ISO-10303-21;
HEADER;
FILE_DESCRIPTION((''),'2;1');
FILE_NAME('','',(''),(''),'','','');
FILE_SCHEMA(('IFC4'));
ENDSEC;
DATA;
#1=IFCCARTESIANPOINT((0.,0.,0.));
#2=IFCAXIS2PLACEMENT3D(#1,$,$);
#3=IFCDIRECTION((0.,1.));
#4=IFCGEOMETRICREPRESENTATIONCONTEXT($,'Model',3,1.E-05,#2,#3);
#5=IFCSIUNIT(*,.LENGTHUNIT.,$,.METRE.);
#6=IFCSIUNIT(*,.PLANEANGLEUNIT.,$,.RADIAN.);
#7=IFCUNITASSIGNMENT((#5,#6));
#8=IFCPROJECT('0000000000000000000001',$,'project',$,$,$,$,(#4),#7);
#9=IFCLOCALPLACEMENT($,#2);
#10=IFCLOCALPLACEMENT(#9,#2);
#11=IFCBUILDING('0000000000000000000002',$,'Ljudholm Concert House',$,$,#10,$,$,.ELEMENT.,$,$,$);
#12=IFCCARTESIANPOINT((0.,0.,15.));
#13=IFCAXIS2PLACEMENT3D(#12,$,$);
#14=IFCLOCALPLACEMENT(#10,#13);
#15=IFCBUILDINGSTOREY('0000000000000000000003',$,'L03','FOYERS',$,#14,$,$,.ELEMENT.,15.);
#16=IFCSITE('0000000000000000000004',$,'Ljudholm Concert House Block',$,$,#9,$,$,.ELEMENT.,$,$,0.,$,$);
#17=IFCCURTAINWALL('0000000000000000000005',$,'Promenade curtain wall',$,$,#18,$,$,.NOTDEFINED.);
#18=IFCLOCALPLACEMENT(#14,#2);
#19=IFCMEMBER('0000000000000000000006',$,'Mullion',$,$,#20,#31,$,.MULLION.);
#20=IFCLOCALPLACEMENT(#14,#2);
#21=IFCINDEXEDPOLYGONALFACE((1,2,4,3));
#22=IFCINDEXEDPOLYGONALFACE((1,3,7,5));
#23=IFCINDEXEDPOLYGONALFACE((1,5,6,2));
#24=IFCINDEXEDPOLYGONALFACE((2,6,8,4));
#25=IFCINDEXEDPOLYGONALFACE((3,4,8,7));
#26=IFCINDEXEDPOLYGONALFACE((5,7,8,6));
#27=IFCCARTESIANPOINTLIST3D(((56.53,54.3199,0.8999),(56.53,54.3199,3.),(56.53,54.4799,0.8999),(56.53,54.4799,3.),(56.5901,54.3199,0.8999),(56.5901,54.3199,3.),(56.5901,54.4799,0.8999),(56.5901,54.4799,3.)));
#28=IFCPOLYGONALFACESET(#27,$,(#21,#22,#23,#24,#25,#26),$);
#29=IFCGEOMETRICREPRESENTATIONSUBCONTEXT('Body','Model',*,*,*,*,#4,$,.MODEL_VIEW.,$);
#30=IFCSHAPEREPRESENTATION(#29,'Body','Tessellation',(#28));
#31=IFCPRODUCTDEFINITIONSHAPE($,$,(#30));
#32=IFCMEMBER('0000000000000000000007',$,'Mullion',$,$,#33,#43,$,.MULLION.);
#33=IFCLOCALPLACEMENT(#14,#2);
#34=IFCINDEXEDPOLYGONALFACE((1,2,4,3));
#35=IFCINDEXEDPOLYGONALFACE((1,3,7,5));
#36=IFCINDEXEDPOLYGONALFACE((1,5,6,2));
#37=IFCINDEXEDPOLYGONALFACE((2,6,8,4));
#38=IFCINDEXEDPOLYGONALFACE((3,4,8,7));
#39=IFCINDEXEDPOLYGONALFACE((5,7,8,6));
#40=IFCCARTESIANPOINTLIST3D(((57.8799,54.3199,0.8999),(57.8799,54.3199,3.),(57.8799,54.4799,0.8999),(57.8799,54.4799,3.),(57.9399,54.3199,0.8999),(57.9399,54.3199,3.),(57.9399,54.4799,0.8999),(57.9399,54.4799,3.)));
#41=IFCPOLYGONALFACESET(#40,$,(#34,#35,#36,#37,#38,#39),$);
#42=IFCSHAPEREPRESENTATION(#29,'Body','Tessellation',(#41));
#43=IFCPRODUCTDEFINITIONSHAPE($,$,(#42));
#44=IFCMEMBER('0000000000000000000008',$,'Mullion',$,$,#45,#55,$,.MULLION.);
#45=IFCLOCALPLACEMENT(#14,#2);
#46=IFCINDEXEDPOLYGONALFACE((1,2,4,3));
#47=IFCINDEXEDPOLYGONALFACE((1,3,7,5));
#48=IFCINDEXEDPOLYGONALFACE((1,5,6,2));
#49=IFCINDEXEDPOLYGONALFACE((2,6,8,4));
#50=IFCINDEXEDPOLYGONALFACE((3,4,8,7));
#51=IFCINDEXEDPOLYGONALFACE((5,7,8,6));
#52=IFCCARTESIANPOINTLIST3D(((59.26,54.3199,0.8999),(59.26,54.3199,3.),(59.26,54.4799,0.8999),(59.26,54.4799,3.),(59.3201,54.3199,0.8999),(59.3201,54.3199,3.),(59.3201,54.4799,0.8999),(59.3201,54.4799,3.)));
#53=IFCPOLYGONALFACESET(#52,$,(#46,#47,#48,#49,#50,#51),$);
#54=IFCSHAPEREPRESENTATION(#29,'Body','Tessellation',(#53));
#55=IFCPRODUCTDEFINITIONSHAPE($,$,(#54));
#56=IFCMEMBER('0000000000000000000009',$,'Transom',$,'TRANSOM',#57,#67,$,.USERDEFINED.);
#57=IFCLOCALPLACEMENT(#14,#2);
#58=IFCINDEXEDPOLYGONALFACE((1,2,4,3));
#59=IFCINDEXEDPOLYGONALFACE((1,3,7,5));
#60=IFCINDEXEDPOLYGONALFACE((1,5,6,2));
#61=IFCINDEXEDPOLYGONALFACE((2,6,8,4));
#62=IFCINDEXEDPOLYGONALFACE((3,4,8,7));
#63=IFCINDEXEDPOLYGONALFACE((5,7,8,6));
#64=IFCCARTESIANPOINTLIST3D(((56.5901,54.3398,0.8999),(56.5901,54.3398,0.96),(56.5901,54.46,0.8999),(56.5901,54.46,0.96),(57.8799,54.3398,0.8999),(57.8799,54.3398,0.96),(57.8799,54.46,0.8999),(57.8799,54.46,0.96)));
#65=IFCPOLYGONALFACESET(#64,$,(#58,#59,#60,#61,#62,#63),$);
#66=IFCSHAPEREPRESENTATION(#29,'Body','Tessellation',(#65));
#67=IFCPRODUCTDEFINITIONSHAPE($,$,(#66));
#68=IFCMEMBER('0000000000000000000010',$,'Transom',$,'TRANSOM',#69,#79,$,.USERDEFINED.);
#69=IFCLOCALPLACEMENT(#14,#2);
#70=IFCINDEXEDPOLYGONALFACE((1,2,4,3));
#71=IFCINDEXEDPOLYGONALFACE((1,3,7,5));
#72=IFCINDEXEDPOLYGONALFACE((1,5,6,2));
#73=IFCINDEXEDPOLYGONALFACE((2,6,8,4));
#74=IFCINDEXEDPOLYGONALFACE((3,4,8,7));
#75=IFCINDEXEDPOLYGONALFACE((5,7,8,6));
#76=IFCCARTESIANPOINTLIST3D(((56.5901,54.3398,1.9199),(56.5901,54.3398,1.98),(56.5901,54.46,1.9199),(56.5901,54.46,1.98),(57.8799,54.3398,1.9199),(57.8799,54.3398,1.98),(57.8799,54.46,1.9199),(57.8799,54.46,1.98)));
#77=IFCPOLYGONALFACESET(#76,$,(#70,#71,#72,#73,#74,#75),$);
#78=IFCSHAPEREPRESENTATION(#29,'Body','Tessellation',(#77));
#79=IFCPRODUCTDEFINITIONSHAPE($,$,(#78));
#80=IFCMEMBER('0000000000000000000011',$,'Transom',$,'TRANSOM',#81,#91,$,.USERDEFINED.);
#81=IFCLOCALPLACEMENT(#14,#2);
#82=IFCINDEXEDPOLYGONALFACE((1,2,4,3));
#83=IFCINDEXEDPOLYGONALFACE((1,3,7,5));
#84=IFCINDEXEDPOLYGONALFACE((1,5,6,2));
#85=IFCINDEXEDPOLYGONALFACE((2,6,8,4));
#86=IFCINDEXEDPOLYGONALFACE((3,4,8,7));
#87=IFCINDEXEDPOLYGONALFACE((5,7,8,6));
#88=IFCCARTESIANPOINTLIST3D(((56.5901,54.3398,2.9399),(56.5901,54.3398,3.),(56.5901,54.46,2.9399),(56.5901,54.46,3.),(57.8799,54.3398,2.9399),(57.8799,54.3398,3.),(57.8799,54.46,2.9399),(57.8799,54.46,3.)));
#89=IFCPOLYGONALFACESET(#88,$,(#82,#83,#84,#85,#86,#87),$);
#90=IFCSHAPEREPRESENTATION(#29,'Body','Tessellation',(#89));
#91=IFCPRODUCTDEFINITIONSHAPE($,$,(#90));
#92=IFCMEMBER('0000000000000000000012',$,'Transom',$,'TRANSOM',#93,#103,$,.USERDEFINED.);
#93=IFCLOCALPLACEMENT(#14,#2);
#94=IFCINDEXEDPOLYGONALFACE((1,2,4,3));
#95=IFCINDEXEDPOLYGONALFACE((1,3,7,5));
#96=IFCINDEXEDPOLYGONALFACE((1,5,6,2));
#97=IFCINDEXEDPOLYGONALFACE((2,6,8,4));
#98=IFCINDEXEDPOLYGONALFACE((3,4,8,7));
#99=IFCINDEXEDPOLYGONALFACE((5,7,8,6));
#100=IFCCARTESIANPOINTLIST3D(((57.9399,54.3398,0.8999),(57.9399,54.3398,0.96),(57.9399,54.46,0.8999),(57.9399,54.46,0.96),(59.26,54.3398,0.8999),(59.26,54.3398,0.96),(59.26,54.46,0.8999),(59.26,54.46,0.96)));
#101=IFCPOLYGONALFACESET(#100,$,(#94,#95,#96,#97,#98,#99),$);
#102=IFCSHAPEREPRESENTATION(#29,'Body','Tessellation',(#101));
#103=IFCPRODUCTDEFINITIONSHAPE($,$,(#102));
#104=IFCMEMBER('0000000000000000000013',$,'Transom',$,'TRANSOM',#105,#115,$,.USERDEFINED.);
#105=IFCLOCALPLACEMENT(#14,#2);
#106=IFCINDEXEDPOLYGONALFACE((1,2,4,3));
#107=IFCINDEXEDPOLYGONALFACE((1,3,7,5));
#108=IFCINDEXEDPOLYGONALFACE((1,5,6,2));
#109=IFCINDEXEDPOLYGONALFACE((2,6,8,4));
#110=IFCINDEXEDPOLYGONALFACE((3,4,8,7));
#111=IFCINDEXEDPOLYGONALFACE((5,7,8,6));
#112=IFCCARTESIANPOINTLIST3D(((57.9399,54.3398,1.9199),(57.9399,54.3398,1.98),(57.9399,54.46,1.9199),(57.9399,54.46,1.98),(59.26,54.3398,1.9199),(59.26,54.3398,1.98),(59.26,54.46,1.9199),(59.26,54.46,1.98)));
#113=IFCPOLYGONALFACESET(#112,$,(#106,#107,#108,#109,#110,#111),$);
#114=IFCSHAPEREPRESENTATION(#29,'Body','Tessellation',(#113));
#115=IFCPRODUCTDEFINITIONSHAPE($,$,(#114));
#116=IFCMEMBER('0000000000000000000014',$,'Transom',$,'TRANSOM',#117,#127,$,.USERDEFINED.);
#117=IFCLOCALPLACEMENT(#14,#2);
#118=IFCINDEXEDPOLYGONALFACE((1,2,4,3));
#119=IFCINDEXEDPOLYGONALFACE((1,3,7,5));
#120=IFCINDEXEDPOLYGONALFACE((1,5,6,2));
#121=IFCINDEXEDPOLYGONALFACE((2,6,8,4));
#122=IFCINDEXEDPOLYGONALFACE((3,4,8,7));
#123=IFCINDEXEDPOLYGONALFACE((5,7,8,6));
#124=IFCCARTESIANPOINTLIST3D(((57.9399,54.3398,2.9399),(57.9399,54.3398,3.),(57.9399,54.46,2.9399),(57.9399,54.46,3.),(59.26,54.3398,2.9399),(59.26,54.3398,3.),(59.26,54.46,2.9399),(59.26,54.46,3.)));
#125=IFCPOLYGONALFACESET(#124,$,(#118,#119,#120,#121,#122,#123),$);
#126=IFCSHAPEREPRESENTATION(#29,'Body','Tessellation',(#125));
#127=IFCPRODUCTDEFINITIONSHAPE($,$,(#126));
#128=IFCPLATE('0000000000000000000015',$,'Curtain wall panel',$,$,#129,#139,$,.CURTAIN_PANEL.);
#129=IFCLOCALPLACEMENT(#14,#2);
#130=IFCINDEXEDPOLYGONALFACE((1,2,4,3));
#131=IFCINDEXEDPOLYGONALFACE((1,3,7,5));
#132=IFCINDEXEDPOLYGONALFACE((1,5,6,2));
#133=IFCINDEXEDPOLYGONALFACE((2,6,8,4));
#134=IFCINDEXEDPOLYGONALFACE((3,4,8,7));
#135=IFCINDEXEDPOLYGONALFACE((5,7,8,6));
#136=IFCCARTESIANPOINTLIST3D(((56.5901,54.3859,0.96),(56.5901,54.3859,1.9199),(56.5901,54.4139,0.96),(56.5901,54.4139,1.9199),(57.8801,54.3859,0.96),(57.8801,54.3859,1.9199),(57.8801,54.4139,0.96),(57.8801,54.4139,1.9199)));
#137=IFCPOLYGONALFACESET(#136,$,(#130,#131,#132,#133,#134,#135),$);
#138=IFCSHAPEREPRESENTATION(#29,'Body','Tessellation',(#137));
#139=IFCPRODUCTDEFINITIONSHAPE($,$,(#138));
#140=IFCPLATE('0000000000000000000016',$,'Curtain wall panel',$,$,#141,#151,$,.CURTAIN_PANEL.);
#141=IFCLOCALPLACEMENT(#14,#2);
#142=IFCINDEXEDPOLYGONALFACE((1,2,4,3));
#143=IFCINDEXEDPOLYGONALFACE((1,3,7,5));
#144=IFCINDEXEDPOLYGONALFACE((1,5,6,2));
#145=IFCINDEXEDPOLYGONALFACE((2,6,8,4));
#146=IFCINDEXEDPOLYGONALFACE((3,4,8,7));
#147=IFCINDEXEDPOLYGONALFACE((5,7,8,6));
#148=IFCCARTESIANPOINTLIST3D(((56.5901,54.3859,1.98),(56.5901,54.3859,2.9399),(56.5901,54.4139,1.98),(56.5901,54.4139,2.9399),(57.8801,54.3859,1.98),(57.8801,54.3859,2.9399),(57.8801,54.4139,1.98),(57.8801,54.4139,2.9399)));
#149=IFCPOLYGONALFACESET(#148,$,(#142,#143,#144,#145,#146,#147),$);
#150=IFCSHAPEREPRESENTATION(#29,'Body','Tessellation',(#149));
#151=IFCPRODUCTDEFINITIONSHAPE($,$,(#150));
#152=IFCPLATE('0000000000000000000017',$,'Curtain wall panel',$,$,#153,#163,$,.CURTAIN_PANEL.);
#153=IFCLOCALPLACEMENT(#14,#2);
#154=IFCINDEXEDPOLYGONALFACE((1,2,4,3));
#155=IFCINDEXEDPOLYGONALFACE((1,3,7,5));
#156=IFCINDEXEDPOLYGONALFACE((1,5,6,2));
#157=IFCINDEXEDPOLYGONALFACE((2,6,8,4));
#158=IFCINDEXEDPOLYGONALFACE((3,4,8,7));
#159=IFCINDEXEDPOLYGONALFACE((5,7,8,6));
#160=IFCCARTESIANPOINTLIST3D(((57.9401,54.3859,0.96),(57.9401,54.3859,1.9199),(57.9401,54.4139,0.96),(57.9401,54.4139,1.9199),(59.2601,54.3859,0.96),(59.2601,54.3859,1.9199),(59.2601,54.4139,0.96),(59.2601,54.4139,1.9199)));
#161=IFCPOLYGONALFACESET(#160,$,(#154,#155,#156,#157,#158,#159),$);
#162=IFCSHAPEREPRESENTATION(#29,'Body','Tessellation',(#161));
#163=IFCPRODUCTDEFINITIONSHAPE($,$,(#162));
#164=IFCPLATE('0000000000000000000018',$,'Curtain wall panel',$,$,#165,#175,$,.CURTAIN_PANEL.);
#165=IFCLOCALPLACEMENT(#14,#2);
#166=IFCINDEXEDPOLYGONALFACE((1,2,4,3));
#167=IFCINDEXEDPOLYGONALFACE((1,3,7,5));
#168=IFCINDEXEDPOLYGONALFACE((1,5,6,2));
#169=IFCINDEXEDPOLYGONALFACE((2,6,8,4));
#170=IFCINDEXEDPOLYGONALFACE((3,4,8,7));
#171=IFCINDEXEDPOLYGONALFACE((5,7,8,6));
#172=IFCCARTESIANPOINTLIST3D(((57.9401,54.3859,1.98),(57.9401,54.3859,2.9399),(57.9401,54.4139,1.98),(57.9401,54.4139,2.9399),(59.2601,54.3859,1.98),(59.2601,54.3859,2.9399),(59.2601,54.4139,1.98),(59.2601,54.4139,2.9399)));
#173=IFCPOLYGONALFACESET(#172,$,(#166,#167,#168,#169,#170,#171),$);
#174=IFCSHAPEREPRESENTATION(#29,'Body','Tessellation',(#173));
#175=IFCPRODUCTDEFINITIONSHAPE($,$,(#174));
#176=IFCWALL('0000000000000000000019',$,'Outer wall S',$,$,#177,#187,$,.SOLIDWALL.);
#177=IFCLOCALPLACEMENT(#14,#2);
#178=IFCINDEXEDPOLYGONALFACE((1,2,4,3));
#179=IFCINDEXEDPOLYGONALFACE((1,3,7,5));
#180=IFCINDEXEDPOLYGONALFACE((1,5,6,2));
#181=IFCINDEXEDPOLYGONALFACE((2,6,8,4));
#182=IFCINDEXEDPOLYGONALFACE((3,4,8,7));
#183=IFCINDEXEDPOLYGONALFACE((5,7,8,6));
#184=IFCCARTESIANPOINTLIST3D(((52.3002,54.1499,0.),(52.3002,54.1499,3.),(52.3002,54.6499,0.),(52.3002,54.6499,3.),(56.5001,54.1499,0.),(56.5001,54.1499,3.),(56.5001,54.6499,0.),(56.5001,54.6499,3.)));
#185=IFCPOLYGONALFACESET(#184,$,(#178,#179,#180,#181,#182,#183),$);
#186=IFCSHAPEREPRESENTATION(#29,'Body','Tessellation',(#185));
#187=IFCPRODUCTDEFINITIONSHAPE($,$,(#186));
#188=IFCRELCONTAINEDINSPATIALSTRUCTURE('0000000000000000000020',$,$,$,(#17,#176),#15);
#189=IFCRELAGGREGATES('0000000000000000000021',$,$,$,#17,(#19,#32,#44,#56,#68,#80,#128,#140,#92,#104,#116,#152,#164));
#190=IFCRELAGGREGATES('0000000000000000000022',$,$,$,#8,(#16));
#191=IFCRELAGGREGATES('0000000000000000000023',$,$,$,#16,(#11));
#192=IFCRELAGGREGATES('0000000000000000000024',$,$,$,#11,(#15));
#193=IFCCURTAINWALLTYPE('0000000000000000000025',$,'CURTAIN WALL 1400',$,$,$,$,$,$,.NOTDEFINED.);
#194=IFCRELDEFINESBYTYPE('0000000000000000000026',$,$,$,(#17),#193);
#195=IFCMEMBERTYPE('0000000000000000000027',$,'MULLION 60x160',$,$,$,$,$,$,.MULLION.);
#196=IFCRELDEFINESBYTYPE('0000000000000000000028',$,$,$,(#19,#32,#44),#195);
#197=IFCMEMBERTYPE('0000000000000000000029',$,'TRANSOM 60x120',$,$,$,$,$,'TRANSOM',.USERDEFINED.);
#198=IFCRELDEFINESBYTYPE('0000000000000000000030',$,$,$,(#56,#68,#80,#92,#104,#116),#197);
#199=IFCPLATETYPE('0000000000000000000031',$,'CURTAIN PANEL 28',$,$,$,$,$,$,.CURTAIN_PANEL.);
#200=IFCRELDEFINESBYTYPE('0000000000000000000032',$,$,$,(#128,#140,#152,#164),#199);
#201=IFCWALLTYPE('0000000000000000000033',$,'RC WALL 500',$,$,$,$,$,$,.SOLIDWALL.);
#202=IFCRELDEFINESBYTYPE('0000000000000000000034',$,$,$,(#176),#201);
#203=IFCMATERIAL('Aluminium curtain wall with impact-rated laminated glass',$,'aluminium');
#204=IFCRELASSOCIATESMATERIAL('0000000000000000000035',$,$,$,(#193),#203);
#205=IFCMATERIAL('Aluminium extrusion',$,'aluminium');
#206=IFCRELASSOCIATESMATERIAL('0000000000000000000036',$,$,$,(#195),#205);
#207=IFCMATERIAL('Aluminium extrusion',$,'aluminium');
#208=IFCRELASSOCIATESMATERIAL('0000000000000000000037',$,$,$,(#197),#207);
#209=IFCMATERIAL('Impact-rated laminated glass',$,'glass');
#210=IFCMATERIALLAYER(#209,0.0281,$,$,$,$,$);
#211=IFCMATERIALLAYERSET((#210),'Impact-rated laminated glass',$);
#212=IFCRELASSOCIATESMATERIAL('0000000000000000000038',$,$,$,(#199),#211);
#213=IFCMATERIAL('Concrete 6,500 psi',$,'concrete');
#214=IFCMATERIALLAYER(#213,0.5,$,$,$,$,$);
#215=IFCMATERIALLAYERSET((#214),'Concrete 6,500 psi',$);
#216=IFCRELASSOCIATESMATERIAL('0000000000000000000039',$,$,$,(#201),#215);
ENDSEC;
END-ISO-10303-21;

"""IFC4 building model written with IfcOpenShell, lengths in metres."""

from ifc_helpers import new_model, si_unit, direction, frame, frame_2d, origin, origin_2d, place, context, subcontext, project, spatial, rectangle, extrude, material, layer, layer_set, material_profile, profile_set, type_object, element, aggregate, save


model = new_model("IFC4")

# Units and contexts
model_context = context("Model", 3, precision=1e-05, world=origin(), true_north=direction((0.0, 1.0)))
body_context = subcontext(model_context, "Body", "Model", "MODEL_VIEW")
ifc_project = project(units=[si_unit("LENGTHUNIT", "METRE"), si_unit("PLANEANGLEUNIT", "RADIAN")], contexts=[model_context])

# Site, building, storey
site_placement = place(None, origin())
site = spatial("IfcSite", under=ifc_project, at=site_placement, Name="Ljudholm Concert House Block", CompositionType="ELEMENT", RefElevation=0.0)
building_placement = place(site_placement, origin())
building = spatial("IfcBuilding", under=site, at=building_placement, Name="Ljudholm Concert House", CompositionType="ELEMENT")
storey_placement = place(building_placement, frame((0.0, 0.0, 15.0)))
storey = spatial("IfcBuildingStorey", under=building, at=storey_placement, Name="L03", Description="FOYERS", CompositionType="ELEMENT", Elevation=15.0)

# Curtain wall, members, plates
ifc_material_1 = material(Name="Aluminium curtain wall with impact-rated laminated glass", Category="aluminium")
curtain_wall_type = type_object("IfcCurtainWallType", Name="CURTAIN WALL 1400", PredefinedType="NOTDEFINED", material=ifc_material_1)
curtain_wall_placement = place(storey_placement, origin())
curtain_wall = element("IfcCurtainWall", 1, at=curtain_wall_placement, inside=storey, type_object=curtain_wall_type, Name="Promenade curtain wall", PredefinedType="NOTDEFINED")
ifc_material_2 = material(Name="Aluminium extrusion", Category="aluminium")
ifc_material_profile_1 = material_profile(ifc_material_2, rectangle(XDim=0.1599, YDim=0.0601, at=origin_2d()), Name="MULLION 60x160")
ifc_profile_set_1 = profile_set([ifc_material_profile_1], Name="Aluminium extrusion")
member_type_1 = type_object("IfcMemberType", Name="MULLION 60x160", PredefinedType="MULLION", material=ifc_profile_set_1)
member_1_placement = place(storey_placement, frame((56.5601, 54.3999, 0.8999), z_axis=(0.0, 0.0, 1.0), x_axis=(0.0, 1.0, 0.0)))
member_1 = element("IfcMember", 2, at=member_1_placement, type_object=member_type_1, Name="Mullion", PredefinedType="MULLION", context=body_context, shape_type="SweptSolid", body=[
    extrude(rectangle(XDim=0.1599, YDim=0.0601, at=origin_2d()), origin(), (0.0, 0.0, 1.0), 2.1001),
])
member_2_placement = place(storey_placement, frame((57.9099, 54.3999, 0.8999), z_axis=(0.0, 0.0, 1.0), x_axis=(0.0, 1.0, 0.0)))
member_2 = element("IfcMember", 3, at=member_2_placement, type_object=member_type_1, Name="Mullion", PredefinedType="MULLION", context=body_context, shape_type="SweptSolid", body=[
    extrude(rectangle(XDim=0.1599, YDim=0.0601, at=origin_2d()), origin(), (0.0, 0.0, 1.0), 2.1001),
])
member_3_placement = place(storey_placement, frame((59.29, 54.3999, 0.8999), z_axis=(0.0, 0.0, 1.0), x_axis=(0.0, 1.0, 0.0)))
member_3 = element("IfcMember", 4, at=member_3_placement, type_object=member_type_1, Name="Mullion", PredefinedType="MULLION", context=body_context, shape_type="SweptSolid", body=[
    extrude(rectangle(XDim=0.1599, YDim=0.0601, at=origin_2d()), origin(), (0.0, 0.0, 1.0), 2.1001),
])
ifc_material_3 = material(Name="Aluminium extrusion", Category="aluminium")
ifc_material_profile_2 = material_profile(ifc_material_3, rectangle(XDim=0.1201, YDim=0.0601, at=origin_2d()), Name="TRANSOM 60x120")
ifc_profile_set_2 = profile_set([ifc_material_profile_2], Name="Aluminium extrusion")
member_type_2 = type_object("IfcMemberType", Name="TRANSOM 60x120", ElementType="TRANSOM", PredefinedType="USERDEFINED", material=ifc_profile_set_2)
member_4_placement = place(storey_placement, frame((56.5901, 54.3999, 0.9299), z_axis=(1.0, 0.0, 0.0), x_axis=(0.0, 1.0, 0.0)))
member_4 = element("IfcMember", 5, at=member_4_placement, type_object=member_type_2, Name="Transom", ObjectType="TRANSOM", PredefinedType="USERDEFINED", context=body_context, shape_type="SweptSolid", body=[
    extrude(rectangle(XDim=0.1201, YDim=0.0601, at=origin_2d()), origin(), (0.0, 0.0, 1.0), 1.2898),
])
member_5_placement = place(storey_placement, frame((56.5901, 54.3999, 1.95), z_axis=(1.0, 0.0, 0.0), x_axis=(0.0, 1.0, 0.0)))
member_5 = element("IfcMember", 6, at=member_5_placement, type_object=member_type_2, Name="Transom", ObjectType="TRANSOM", PredefinedType="USERDEFINED", context=body_context, shape_type="SweptSolid", body=[
    extrude(rectangle(XDim=0.1201, YDim=0.0601, at=origin_2d()), origin(), (0.0, 0.0, 1.0), 1.2898),
])
member_6_placement = place(storey_placement, frame((56.5901, 54.3999, 2.97), z_axis=(1.0, 0.0, 0.0), x_axis=(0.0, 1.0, 0.0)))
member_6 = element("IfcMember", 7, at=member_6_placement, type_object=member_type_2, Name="Transom", ObjectType="TRANSOM", PredefinedType="USERDEFINED", context=body_context, shape_type="SweptSolid", body=[
    extrude(rectangle(XDim=0.1201, YDim=0.0601, at=origin_2d()), origin(), (0.0, 0.0, 1.0), 1.2898),
])
member_7_placement = place(storey_placement, frame((57.9399, 54.3999, 0.9299), z_axis=(1.0, 0.0, 0.0), x_axis=(0.0, 1.0, 0.0)))
member_7 = element("IfcMember", 8, at=member_7_placement, type_object=member_type_2, Name="Transom", ObjectType="TRANSOM", PredefinedType="USERDEFINED", context=body_context, shape_type="SweptSolid", body=[
    extrude(rectangle(XDim=0.1201, YDim=0.0601, at=origin_2d()), origin(), (0.0, 0.0, 1.0), 1.3201),
])
member_8_placement = place(storey_placement, frame((57.9399, 54.3999, 1.95), z_axis=(1.0, 0.0, 0.0), x_axis=(0.0, 1.0, 0.0)))
member_8 = element("IfcMember", 9, at=member_8_placement, type_object=member_type_2, Name="Transom", ObjectType="TRANSOM", PredefinedType="USERDEFINED", context=body_context, shape_type="SweptSolid", body=[
    extrude(rectangle(XDim=0.1201, YDim=0.0601, at=origin_2d()), origin(), (0.0, 0.0, 1.0), 1.3201),
])
member_9_placement = place(storey_placement, frame((57.9399, 54.3999, 2.97), z_axis=(1.0, 0.0, 0.0), x_axis=(0.0, 1.0, 0.0)))
member_9 = element("IfcMember", 10, at=member_9_placement, type_object=member_type_2, Name="Transom", ObjectType="TRANSOM", PredefinedType="USERDEFINED", context=body_context, shape_type="SweptSolid", body=[
    extrude(rectangle(XDim=0.1201, YDim=0.0601, at=origin_2d()), origin(), (0.0, 0.0, 1.0), 1.3201),
])
ifc_material_4 = material(Name="Impact-rated laminated glass", Category="glass")
ifc_layer_1 = layer(ifc_material_4, 0.0281)
ifc_layer_set_1 = layer_set([ifc_layer_1], Name="Impact-rated laminated glass")
plate_type = type_object("IfcPlateType", Name="CURTAIN PANEL 28", PredefinedType="CURTAIN_PANEL", material=ifc_layer_set_1)
plate_1_placement = place(storey_placement, frame((57.2351, 54.3999, 0.96), z_axis=(0.0, 0.0, 1.0), x_axis=(1.0, 0.0, 0.0)))
plate_1 = element("IfcPlate", 11, at=plate_1_placement, type_object=plate_type, Name="Curtain wall panel", PredefinedType="CURTAIN_PANEL", context=body_context, shape_type="SweptSolid", body=[
    extrude(rectangle(XDim=1.29, YDim=0.0281, at=origin_2d()), origin(), (0.0, 0.0, 1.0), 0.96),
])
plate_2_placement = place(storey_placement, frame((57.2351, 54.3999, 1.98), z_axis=(0.0, 0.0, 1.0), x_axis=(1.0, 0.0, 0.0)))
plate_2 = element("IfcPlate", 12, at=plate_2_placement, type_object=plate_type, Name="Curtain wall panel", PredefinedType="CURTAIN_PANEL", context=body_context, shape_type="SweptSolid", body=[
    extrude(rectangle(XDim=1.29, YDim=0.0281, at=origin_2d()), origin(), (0.0, 0.0, 1.0), 0.96),
])
plate_3_placement = place(storey_placement, frame((58.6001, 54.3999, 0.96), z_axis=(0.0, 0.0, 1.0), x_axis=(1.0, 0.0, 0.0)))
plate_3 = element("IfcPlate", 13, at=plate_3_placement, type_object=plate_type, Name="Curtain wall panel", PredefinedType="CURTAIN_PANEL", context=body_context, shape_type="SweptSolid", body=[
    extrude(rectangle(XDim=1.3201, YDim=0.0281, at=origin_2d()), origin(), (0.0, 0.0, 1.0), 0.96),
])
plate_4_placement = place(storey_placement, frame((58.6001, 54.3999, 1.98), z_axis=(0.0, 0.0, 1.0), x_axis=(1.0, 0.0, 0.0)))
plate_4 = element("IfcPlate", 14, at=plate_4_placement, type_object=plate_type, Name="Curtain wall panel", PredefinedType="CURTAIN_PANEL", context=body_context, shape_type="SweptSolid", body=[
    extrude(rectangle(XDim=1.3201, YDim=0.0281, at=origin_2d()), origin(), (0.0, 0.0, 1.0), 0.96),
])
aggregate(curtain_wall, [member_1, member_2, member_3, member_4, member_5, member_6, plate_1, plate_2, member_7, member_8, member_9, plate_3, plate_4])

# Wall
ifc_material_5 = material(Name="Concrete 6,500 psi", Category="concrete")
ifc_layer_2 = layer(ifc_material_5, 0.5)
ifc_layer_set_2 = layer_set([ifc_layer_2], Name="Concrete 6,500 psi")
wall_type = type_object("IfcWallType", Name="RC WALL 500", PredefinedType="SOLIDWALL", material=ifc_layer_set_2)
wall_1_placement = place(storey_placement, frame((52.3, 54.3999, 0.0), z_axis=(0.0, 0.0, 1.0), x_axis=(1.0, 0.0, 0.0)))
element("IfcWall", 15, at=wall_1_placement, inside=storey, type_object=wall_type, Name="Outer wall S", PredefinedType="SOLIDWALL", context=body_context, shape_type="SweptSolid", body=[
    extrude(rectangle(XDim=4.2, YDim=0.5, at=frame_2d((2.1001, 0.0))), origin(), (0.0, 0.0, 1.0), 3.0),
])

save(model, "model.ifc")
